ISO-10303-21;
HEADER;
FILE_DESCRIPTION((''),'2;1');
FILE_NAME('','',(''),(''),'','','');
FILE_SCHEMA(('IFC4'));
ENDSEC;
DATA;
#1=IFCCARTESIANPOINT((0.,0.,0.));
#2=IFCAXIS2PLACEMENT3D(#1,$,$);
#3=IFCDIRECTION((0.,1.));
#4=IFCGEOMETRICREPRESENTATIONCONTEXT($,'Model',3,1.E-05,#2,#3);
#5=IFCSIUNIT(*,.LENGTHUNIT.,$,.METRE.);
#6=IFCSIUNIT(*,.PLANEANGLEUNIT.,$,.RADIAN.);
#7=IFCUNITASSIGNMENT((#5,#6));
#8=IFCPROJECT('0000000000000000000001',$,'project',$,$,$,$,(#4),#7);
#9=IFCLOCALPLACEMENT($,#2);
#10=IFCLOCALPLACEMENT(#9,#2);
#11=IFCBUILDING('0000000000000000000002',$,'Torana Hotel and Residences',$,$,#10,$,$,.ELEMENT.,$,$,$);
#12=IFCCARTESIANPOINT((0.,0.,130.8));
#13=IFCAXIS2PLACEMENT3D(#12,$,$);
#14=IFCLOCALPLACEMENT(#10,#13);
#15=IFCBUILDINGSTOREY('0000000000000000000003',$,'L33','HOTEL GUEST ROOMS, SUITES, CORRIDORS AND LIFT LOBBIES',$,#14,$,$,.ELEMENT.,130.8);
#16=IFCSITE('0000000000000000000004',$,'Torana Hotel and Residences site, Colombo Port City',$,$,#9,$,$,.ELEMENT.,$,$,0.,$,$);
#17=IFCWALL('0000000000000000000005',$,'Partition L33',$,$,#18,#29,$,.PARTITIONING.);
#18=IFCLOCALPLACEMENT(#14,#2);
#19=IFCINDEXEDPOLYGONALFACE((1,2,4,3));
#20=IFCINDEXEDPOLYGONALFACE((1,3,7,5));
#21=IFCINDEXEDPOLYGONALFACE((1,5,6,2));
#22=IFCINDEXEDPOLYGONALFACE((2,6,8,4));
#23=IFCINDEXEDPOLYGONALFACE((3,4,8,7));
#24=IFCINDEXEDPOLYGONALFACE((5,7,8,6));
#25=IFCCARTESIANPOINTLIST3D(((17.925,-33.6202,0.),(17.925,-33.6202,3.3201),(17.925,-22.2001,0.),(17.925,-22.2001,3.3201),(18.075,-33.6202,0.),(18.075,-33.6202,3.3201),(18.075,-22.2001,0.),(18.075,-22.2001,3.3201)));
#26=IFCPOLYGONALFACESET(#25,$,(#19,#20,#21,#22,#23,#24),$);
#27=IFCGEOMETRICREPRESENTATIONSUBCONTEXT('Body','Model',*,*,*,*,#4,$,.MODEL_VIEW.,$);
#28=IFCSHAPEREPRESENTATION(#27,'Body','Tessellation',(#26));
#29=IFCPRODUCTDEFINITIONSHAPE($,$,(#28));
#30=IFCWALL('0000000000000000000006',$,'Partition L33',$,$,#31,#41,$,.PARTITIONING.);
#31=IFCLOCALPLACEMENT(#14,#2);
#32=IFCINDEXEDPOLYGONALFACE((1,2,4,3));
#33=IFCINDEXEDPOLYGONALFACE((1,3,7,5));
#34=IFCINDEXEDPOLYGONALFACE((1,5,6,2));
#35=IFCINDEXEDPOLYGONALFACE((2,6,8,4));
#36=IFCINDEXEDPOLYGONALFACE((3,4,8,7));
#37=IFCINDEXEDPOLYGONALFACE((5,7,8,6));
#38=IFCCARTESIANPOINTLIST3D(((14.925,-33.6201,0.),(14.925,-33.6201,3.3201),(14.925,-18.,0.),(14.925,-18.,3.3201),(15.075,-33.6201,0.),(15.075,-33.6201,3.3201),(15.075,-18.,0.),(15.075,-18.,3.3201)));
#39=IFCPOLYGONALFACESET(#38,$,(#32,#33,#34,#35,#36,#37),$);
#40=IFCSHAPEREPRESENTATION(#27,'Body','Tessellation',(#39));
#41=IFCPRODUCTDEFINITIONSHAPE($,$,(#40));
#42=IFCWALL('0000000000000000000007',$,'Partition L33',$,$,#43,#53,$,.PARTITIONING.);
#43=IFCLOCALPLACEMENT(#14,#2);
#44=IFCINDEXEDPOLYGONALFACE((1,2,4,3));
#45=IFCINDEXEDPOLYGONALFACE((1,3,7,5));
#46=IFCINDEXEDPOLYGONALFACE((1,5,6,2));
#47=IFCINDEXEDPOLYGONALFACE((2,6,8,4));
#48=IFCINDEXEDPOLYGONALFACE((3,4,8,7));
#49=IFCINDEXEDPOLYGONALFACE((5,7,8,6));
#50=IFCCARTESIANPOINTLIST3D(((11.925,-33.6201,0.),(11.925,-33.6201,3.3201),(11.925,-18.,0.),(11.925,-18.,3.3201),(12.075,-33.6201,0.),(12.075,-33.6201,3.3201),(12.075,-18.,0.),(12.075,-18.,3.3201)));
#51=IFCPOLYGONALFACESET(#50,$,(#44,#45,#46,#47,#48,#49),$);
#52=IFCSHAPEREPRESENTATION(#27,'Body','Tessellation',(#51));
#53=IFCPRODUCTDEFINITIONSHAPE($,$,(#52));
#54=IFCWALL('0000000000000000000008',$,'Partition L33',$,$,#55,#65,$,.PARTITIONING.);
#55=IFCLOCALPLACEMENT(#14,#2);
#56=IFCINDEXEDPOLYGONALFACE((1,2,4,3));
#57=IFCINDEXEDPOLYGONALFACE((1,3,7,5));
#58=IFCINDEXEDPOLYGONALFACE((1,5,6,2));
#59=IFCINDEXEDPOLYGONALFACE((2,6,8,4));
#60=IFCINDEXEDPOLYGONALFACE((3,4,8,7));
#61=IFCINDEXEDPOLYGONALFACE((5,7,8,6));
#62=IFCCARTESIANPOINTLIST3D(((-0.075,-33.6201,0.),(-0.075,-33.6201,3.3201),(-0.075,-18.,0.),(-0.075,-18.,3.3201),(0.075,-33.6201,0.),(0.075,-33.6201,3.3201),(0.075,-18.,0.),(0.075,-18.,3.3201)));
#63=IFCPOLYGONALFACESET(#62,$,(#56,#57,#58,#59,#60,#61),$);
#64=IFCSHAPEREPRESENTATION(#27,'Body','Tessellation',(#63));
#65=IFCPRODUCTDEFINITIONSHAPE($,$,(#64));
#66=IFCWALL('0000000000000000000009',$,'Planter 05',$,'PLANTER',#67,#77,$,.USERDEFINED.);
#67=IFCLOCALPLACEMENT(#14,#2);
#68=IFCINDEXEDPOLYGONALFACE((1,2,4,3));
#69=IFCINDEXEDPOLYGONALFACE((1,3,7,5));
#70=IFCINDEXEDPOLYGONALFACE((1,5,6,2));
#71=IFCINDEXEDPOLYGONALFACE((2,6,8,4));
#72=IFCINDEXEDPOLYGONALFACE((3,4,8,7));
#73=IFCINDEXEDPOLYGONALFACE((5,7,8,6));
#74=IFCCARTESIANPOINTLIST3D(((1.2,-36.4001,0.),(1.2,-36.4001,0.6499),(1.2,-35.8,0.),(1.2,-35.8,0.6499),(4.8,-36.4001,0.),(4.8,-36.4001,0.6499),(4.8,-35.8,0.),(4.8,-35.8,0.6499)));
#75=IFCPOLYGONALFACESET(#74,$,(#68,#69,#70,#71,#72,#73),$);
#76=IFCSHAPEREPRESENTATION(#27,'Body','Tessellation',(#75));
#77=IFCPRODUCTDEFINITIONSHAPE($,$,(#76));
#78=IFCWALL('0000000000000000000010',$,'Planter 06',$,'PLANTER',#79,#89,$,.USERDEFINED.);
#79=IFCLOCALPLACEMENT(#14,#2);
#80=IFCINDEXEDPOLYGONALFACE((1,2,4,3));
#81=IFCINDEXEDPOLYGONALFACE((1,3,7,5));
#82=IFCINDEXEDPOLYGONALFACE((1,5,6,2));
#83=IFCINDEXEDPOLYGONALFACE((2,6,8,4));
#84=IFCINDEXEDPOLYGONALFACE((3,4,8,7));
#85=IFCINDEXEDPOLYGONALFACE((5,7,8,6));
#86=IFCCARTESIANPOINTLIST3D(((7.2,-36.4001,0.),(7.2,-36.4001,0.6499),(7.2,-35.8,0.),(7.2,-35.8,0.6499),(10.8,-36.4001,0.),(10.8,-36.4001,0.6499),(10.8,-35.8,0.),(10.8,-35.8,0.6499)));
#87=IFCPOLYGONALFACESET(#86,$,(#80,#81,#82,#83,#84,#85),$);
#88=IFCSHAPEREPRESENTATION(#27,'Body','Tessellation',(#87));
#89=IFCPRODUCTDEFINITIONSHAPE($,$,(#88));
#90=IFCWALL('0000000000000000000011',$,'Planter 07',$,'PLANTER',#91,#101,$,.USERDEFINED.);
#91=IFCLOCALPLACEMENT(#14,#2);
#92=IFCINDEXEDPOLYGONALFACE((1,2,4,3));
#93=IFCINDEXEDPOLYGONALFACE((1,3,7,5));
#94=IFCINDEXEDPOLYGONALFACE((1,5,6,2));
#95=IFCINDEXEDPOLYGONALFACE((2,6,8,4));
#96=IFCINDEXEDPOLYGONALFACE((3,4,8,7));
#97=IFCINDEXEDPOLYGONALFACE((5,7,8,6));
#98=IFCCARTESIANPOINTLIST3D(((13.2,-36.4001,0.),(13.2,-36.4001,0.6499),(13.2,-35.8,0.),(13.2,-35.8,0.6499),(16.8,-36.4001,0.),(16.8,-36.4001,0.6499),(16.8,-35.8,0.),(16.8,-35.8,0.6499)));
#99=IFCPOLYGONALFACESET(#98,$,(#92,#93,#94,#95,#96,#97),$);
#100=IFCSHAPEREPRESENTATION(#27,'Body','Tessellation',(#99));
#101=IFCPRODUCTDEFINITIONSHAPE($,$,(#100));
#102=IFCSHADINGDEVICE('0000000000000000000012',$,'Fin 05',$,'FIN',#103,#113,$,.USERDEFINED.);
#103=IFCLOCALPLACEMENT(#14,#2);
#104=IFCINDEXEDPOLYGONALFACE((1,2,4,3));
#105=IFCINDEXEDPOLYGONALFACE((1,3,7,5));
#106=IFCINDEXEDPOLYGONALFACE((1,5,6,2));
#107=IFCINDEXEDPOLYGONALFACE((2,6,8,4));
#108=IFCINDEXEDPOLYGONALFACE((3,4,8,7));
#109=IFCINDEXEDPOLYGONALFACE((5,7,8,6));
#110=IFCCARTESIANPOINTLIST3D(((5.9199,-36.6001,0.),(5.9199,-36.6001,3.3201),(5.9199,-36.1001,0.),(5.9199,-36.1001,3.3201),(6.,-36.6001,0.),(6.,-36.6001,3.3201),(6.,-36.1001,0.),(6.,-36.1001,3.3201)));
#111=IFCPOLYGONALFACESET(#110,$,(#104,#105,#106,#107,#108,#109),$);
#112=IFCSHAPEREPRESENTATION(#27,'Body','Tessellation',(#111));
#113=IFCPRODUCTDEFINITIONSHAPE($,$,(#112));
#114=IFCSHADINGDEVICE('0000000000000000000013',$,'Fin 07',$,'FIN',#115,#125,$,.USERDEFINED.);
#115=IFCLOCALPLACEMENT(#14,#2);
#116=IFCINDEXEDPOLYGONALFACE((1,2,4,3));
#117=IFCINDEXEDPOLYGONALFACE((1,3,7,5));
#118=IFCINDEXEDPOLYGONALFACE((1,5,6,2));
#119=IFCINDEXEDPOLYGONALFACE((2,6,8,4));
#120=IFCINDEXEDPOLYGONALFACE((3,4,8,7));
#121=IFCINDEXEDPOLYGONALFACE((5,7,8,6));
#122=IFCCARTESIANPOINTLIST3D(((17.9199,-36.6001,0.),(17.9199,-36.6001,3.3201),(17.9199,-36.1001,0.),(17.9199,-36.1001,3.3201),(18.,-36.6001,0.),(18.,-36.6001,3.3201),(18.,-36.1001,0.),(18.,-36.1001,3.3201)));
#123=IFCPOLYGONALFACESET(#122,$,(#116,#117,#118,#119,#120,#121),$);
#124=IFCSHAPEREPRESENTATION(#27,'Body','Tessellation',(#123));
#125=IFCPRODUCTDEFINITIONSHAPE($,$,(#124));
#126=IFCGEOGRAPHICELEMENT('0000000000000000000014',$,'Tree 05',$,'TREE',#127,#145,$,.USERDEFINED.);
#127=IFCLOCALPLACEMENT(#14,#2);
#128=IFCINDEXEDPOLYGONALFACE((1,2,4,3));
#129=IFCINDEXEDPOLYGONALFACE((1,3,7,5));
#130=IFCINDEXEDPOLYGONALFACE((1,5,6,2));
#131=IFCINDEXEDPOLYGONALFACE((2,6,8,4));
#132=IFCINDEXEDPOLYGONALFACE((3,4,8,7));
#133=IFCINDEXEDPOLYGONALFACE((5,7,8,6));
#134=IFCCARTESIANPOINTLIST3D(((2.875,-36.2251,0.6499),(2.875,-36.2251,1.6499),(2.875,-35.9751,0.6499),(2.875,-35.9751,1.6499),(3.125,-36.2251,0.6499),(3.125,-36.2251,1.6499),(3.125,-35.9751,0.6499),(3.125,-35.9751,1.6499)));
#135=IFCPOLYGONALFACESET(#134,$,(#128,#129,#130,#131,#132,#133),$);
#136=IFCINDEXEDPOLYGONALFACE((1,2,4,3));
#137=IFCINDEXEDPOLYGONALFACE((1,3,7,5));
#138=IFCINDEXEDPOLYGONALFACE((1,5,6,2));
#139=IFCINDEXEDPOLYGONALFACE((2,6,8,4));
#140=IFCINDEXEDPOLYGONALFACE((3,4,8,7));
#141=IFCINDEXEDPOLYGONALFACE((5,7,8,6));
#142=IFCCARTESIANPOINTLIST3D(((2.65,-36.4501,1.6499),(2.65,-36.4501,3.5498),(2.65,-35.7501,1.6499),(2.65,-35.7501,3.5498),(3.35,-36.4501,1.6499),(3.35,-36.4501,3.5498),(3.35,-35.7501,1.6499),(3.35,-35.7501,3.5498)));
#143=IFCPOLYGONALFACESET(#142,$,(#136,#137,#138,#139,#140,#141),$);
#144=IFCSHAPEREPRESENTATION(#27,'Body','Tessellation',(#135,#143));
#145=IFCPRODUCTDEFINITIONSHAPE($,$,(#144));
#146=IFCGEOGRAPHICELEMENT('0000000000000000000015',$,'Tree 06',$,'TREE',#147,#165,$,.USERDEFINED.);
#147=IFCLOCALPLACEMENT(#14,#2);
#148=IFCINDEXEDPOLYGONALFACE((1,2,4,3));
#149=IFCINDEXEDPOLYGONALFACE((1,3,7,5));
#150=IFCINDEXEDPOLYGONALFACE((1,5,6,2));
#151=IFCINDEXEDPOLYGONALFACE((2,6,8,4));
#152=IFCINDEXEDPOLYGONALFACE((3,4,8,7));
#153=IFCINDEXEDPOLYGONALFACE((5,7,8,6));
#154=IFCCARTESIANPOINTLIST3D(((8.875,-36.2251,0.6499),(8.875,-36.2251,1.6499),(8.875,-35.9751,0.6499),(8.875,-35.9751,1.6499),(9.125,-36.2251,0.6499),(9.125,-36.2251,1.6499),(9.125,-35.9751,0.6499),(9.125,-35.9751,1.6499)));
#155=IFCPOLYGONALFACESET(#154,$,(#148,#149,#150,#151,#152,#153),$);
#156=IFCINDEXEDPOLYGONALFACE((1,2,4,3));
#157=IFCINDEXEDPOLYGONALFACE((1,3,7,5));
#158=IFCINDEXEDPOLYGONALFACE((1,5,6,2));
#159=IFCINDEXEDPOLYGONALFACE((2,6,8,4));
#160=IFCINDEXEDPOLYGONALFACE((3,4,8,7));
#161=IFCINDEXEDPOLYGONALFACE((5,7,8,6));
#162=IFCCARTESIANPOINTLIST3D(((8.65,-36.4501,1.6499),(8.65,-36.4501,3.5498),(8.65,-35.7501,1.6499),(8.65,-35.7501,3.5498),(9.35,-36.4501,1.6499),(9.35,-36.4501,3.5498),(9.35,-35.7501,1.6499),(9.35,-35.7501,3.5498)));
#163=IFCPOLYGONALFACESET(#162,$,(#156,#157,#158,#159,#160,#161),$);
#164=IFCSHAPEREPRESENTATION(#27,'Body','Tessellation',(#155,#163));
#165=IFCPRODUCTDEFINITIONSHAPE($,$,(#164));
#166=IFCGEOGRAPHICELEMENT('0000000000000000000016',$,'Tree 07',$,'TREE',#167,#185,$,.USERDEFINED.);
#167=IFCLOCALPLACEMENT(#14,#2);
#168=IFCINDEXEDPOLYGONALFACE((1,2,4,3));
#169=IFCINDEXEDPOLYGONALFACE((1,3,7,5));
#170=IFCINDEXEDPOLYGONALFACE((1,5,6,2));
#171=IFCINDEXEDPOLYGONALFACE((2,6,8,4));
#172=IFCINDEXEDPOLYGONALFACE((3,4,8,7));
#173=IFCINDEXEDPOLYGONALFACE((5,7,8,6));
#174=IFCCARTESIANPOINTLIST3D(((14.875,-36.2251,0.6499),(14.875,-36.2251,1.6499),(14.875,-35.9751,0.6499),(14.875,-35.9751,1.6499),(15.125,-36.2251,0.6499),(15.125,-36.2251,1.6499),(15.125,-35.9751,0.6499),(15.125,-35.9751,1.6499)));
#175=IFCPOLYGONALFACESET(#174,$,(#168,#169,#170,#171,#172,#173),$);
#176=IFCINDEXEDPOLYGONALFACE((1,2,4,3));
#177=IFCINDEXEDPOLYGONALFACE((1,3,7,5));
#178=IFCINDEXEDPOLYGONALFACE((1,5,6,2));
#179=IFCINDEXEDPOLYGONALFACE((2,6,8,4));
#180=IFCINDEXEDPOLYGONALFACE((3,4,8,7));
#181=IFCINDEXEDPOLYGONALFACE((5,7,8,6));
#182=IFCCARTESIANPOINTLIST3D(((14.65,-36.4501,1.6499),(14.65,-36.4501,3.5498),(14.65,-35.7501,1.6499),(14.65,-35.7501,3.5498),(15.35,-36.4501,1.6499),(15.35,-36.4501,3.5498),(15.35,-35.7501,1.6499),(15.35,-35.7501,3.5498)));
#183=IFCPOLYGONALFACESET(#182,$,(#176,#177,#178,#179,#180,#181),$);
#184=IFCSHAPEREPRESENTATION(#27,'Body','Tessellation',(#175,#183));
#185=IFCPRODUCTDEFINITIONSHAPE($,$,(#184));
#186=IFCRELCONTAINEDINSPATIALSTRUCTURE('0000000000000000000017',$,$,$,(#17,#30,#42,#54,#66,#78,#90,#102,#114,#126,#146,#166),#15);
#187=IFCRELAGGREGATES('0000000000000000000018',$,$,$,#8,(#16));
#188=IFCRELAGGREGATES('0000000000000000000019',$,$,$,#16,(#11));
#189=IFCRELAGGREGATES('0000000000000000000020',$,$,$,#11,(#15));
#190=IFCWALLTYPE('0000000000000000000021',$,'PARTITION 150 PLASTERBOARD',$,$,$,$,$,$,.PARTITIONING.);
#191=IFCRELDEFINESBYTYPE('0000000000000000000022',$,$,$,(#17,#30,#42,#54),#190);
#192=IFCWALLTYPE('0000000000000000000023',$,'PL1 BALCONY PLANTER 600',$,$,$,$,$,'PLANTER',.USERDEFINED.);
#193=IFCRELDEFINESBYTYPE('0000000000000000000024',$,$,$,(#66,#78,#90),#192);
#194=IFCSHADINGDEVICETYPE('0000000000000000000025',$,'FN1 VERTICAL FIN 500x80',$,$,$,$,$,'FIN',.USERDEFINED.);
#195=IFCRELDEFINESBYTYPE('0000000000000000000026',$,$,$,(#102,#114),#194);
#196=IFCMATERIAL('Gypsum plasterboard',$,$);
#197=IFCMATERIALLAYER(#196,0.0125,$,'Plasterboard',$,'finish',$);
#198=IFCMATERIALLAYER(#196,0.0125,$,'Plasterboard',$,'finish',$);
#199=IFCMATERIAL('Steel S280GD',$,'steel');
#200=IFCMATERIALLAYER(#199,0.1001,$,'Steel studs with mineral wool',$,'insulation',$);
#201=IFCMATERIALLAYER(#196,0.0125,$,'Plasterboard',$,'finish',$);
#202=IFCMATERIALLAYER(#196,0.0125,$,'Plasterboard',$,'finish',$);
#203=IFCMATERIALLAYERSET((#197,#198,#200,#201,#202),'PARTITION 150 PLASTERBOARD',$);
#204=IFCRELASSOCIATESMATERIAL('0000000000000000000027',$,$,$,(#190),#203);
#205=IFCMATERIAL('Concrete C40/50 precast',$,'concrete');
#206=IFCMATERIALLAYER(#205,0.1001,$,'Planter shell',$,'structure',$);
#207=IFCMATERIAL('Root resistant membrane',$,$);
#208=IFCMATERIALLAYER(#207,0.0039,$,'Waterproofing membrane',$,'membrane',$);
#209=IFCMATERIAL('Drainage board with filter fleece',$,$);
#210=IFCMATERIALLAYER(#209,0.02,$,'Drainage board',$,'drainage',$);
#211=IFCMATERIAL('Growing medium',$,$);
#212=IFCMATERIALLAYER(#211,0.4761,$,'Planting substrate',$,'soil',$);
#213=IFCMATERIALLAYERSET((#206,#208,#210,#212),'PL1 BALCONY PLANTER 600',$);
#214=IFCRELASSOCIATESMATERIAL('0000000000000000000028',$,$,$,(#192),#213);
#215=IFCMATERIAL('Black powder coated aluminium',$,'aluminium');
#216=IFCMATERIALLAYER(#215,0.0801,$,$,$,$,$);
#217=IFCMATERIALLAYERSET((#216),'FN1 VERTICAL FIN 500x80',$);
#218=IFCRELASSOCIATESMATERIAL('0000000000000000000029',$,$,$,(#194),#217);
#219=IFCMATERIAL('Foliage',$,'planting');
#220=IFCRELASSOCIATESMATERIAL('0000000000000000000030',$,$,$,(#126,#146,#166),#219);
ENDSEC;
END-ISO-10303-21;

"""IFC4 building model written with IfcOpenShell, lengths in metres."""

from ifc_helpers import new_model, si_unit, direction, frame, frame_2d, origin, origin_2d, place, context, subcontext, project, spatial, rectangle, extrude, material, layer, layer_set, type_object, element, save


model = new_model("IFC4")

# Units and contexts
model_context = context("Model", 3, precision=1e-05, world=origin(), true_north=direction((0.0, 1.0)))
body_context = subcontext(model_context, "Body", "Model", "MODEL_VIEW")
ifc_project = project(units=[si_unit("LENGTHUNIT", "METRE"), si_unit("PLANEANGLEUNIT", "RADIAN")], contexts=[model_context])

# Site, building, storey
site_placement = place(None, origin())
site = spatial("IfcSite", under=ifc_project, at=site_placement, Name="Torana Hotel and Residences site, Colombo Port City", CompositionType="ELEMENT", RefElevation=0.0)
building_placement = place(site_placement, origin())
building = spatial("IfcBuilding", under=site, at=building_placement, Name="Torana Hotel and Residences", CompositionType="ELEMENT")
storey_placement = place(building_placement, frame((0.0, 0.0, 130.8)))
storey = spatial("IfcBuildingStorey", under=building, at=storey_placement, Name="L33", Description="HOTEL GUEST ROOMS, SUITES, CORRIDORS AND LIFT LOBBIES", CompositionType="ELEMENT", Elevation=130.8)

# Walls
ifc_material_1 = material(Name="Gypsum plasterboard")
ifc_layer_1 = layer(ifc_material_1, 0.0125, Name="Plasterboard", Category="finish")
ifc_layer_2 = layer(ifc_material_1, 0.0125, Name="Plasterboard", Category="finish")
ifc_material_2 = material(Name="Steel S280GD", Category="steel")
ifc_layer_3 = layer(ifc_material_2, 0.1001, Name="Steel studs with mineral wool", Category="insulation")
ifc_layer_4 = layer(ifc_material_1, 0.0125, Name="Plasterboard", Category="finish")
ifc_layer_5 = layer(ifc_material_1, 0.0125, Name="Plasterboard", Category="finish")
ifc_layer_set_1 = layer_set([ifc_layer_1, ifc_layer_2, ifc_layer_3, ifc_layer_4, ifc_layer_5], Name="PARTITION 150 PLASTERBOARD")
wall_type_1 = type_object("IfcWallType", Name="PARTITION 150 PLASTERBOARD", PredefinedType="PARTITIONING", material=ifc_layer_set_1)
wall_placement = place(storey_placement, frame((18.0, -33.6201, 0.0), z_axis=(0.0, 0.0, 1.0), x_axis=(0.0, 1.0, 0.0)))
element("IfcWall", 1, at=wall_placement, inside=storey, type_object=wall_type_1, Name="Partition L33", PredefinedType="PARTITIONING", context=body_context, shape_type="SweptSolid", body=[
    extrude(rectangle(XDim=11.4202, YDim=0.1499, at=frame_2d((5.71, 0.0))), origin(), (0.0, 0.0, 1.0), 3.3201),
])
for number, where, z_axis, x_axis, name in (
    (2, (15.0, -33.6201, 0.0), (0.0, 0.0, 1.0), (0.0, 1.0, 0.0), "Partition L33"),
    (3, (12.0, -33.6201, 0.0), (0.0, 0.0, 1.0), (0.0, 1.0, 0.0), "Partition L33"),
    (4, (0.0, -33.6201, 0.0), (0.0, 0.0, 1.0), (0.0, 1.0, 0.0), "Partition L33"),
):
    element("IfcWall", number, at=place(storey_placement, frame(where, z_axis=z_axis, x_axis=x_axis)), inside=storey, type_object=wall_type_1, Name=name, PredefinedType="PARTITIONING", context=body_context, shape_type="SweptSolid", body=[
        extrude(rectangle(XDim=15.6201, YDim=0.1499, at=frame_2d((7.8101, 0.0))), origin(), (0.0, 0.0, 1.0), 3.3201),
    ])
ifc_material_3 = material(Name="Concrete C40/50 precast", Category="concrete")
ifc_layer_6 = layer(ifc_material_3, 0.1001, Name="Planter shell", Category="structure")
ifc_material_4 = material(Name="Root resistant membrane")
ifc_layer_7 = layer(ifc_material_4, 0.0039, Name="Waterproofing membrane", Category="membrane")
ifc_material_5 = material(Name="Drainage board with filter fleece")
ifc_layer_8 = layer(ifc_material_5, 0.02, Name="Drainage board", Category="drainage")
ifc_material_6 = material(Name="Growing medium")
ifc_layer_9 = layer(ifc_material_6, 0.4761, Name="Planting substrate", Category="soil")
ifc_layer_set_2 = layer_set([ifc_layer_6, ifc_layer_7, ifc_layer_8, ifc_layer_9], Name="PL1 BALCONY PLANTER 600")
wall_type_2 = type_object("IfcWallType", Name="PL1 BALCONY PLANTER 600", ElementType="PLANTER", PredefinedType="USERDEFINED", material=ifc_layer_set_2)
for number, where, z_axis, x_axis, name in (
    (5, (4.8, -36.1001, 0.0), (0.0, 0.0, 1.0), (-1.0, 0.0, 0.0), "Planter 05"),
    (6, (10.8, -36.1001, 0.0), (0.0, 0.0, 1.0), (-1.0, 0.0, 0.0), "Planter 06"),
    (7, (16.8, -36.1001, 0.0), (0.0, 0.0, 1.0), (-1.0, 0.0, 0.0), "Planter 07"),
):
    element("IfcWall", number, at=place(storey_placement, frame(where, z_axis=z_axis, x_axis=x_axis)), inside=storey, type_object=wall_type_2, Name=name, ObjectType="PLANTER", PredefinedType="USERDEFINED", context=body_context, shape_type="SweptSolid", body=[
        extrude(rectangle(XDim=3.6001, YDim=0.6001, at=frame_2d((1.8, 0.0))), origin(), (0.0, 0.0, 1.0), 0.6499),
    ])

# Shading devices
ifc_material_7 = material(Name="Black powder coated aluminium", Category="aluminium")
ifc_layer_10 = layer(ifc_material_7, 0.0801)
ifc_layer_set_3 = layer_set([ifc_layer_10], Name="FN1 VERTICAL FIN 500x80")
shading_device_type = type_object("IfcShadingDeviceType", Name="FN1 VERTICAL FIN 500x80", ElementType="FIN", PredefinedType="USERDEFINED", material=ifc_layer_set_3)
for number, where, z_axis, x_axis, name in (
    (8, (5.96, -36.3501, 0.0), (0.0, 0.0, 1.0), (-1.0, 0.0, 0.0), "Fin 05"),
    (9, (17.96, -36.3501, 0.0), (0.0, 0.0, 1.0), (-1.0, 0.0, 0.0), "Fin 07"),
):
    element("IfcShadingDevice", number, at=place(storey_placement, frame(where, z_axis=z_axis, x_axis=x_axis)), inside=storey, type_object=shading_device_type, Name=name, ObjectType="FIN", PredefinedType="USERDEFINED", context=body_context, shape_type="SweptSolid", body=[
        extrude(rectangle(XDim=0.0801, YDim=0.5, at=origin_2d()), origin(), (0.0, 0.0, 1.0), 3.3201),
    ])

# Geographic elements
ifc_material_8 = material(Name="Foliage", Category="planting")
for number, where, z_axis, x_axis, name in (
    (10, (3.0, -36.1001, 0.6499), (0.0, 0.0, 1.0), (1.0, 0.0, 0.0), "Tree 05"),
    (11, (9.0, -36.1001, 0.6499), (0.0, 0.0, 1.0), (1.0, 0.0, 0.0), "Tree 06"),
    (12, (15.0, -36.1001, 0.6499), (0.0, 0.0, 1.0), (1.0, 0.0, 0.0), "Tree 07"),
):
    element("IfcGeographicElement", number, at=place(storey_placement, frame(where, z_axis=z_axis, x_axis=x_axis)), inside=storey, material=ifc_material_8, Name=name, ObjectType="TREE", PredefinedType="USERDEFINED", context=body_context, shape_type="SweptSolid", body=[
        extrude(rectangle(XDim=0.25, YDim=0.25, at=origin_2d()), origin(), (0.0, 0.0, 1.0), 1.0),
        extrude(rectangle(XDim=0.7, YDim=0.7, at=origin_2d()), frame((0.0, 0.0, 1.0)), (0.0, 0.0, 1.0), 1.8999),
    ])

save(model, "model.ifc")
